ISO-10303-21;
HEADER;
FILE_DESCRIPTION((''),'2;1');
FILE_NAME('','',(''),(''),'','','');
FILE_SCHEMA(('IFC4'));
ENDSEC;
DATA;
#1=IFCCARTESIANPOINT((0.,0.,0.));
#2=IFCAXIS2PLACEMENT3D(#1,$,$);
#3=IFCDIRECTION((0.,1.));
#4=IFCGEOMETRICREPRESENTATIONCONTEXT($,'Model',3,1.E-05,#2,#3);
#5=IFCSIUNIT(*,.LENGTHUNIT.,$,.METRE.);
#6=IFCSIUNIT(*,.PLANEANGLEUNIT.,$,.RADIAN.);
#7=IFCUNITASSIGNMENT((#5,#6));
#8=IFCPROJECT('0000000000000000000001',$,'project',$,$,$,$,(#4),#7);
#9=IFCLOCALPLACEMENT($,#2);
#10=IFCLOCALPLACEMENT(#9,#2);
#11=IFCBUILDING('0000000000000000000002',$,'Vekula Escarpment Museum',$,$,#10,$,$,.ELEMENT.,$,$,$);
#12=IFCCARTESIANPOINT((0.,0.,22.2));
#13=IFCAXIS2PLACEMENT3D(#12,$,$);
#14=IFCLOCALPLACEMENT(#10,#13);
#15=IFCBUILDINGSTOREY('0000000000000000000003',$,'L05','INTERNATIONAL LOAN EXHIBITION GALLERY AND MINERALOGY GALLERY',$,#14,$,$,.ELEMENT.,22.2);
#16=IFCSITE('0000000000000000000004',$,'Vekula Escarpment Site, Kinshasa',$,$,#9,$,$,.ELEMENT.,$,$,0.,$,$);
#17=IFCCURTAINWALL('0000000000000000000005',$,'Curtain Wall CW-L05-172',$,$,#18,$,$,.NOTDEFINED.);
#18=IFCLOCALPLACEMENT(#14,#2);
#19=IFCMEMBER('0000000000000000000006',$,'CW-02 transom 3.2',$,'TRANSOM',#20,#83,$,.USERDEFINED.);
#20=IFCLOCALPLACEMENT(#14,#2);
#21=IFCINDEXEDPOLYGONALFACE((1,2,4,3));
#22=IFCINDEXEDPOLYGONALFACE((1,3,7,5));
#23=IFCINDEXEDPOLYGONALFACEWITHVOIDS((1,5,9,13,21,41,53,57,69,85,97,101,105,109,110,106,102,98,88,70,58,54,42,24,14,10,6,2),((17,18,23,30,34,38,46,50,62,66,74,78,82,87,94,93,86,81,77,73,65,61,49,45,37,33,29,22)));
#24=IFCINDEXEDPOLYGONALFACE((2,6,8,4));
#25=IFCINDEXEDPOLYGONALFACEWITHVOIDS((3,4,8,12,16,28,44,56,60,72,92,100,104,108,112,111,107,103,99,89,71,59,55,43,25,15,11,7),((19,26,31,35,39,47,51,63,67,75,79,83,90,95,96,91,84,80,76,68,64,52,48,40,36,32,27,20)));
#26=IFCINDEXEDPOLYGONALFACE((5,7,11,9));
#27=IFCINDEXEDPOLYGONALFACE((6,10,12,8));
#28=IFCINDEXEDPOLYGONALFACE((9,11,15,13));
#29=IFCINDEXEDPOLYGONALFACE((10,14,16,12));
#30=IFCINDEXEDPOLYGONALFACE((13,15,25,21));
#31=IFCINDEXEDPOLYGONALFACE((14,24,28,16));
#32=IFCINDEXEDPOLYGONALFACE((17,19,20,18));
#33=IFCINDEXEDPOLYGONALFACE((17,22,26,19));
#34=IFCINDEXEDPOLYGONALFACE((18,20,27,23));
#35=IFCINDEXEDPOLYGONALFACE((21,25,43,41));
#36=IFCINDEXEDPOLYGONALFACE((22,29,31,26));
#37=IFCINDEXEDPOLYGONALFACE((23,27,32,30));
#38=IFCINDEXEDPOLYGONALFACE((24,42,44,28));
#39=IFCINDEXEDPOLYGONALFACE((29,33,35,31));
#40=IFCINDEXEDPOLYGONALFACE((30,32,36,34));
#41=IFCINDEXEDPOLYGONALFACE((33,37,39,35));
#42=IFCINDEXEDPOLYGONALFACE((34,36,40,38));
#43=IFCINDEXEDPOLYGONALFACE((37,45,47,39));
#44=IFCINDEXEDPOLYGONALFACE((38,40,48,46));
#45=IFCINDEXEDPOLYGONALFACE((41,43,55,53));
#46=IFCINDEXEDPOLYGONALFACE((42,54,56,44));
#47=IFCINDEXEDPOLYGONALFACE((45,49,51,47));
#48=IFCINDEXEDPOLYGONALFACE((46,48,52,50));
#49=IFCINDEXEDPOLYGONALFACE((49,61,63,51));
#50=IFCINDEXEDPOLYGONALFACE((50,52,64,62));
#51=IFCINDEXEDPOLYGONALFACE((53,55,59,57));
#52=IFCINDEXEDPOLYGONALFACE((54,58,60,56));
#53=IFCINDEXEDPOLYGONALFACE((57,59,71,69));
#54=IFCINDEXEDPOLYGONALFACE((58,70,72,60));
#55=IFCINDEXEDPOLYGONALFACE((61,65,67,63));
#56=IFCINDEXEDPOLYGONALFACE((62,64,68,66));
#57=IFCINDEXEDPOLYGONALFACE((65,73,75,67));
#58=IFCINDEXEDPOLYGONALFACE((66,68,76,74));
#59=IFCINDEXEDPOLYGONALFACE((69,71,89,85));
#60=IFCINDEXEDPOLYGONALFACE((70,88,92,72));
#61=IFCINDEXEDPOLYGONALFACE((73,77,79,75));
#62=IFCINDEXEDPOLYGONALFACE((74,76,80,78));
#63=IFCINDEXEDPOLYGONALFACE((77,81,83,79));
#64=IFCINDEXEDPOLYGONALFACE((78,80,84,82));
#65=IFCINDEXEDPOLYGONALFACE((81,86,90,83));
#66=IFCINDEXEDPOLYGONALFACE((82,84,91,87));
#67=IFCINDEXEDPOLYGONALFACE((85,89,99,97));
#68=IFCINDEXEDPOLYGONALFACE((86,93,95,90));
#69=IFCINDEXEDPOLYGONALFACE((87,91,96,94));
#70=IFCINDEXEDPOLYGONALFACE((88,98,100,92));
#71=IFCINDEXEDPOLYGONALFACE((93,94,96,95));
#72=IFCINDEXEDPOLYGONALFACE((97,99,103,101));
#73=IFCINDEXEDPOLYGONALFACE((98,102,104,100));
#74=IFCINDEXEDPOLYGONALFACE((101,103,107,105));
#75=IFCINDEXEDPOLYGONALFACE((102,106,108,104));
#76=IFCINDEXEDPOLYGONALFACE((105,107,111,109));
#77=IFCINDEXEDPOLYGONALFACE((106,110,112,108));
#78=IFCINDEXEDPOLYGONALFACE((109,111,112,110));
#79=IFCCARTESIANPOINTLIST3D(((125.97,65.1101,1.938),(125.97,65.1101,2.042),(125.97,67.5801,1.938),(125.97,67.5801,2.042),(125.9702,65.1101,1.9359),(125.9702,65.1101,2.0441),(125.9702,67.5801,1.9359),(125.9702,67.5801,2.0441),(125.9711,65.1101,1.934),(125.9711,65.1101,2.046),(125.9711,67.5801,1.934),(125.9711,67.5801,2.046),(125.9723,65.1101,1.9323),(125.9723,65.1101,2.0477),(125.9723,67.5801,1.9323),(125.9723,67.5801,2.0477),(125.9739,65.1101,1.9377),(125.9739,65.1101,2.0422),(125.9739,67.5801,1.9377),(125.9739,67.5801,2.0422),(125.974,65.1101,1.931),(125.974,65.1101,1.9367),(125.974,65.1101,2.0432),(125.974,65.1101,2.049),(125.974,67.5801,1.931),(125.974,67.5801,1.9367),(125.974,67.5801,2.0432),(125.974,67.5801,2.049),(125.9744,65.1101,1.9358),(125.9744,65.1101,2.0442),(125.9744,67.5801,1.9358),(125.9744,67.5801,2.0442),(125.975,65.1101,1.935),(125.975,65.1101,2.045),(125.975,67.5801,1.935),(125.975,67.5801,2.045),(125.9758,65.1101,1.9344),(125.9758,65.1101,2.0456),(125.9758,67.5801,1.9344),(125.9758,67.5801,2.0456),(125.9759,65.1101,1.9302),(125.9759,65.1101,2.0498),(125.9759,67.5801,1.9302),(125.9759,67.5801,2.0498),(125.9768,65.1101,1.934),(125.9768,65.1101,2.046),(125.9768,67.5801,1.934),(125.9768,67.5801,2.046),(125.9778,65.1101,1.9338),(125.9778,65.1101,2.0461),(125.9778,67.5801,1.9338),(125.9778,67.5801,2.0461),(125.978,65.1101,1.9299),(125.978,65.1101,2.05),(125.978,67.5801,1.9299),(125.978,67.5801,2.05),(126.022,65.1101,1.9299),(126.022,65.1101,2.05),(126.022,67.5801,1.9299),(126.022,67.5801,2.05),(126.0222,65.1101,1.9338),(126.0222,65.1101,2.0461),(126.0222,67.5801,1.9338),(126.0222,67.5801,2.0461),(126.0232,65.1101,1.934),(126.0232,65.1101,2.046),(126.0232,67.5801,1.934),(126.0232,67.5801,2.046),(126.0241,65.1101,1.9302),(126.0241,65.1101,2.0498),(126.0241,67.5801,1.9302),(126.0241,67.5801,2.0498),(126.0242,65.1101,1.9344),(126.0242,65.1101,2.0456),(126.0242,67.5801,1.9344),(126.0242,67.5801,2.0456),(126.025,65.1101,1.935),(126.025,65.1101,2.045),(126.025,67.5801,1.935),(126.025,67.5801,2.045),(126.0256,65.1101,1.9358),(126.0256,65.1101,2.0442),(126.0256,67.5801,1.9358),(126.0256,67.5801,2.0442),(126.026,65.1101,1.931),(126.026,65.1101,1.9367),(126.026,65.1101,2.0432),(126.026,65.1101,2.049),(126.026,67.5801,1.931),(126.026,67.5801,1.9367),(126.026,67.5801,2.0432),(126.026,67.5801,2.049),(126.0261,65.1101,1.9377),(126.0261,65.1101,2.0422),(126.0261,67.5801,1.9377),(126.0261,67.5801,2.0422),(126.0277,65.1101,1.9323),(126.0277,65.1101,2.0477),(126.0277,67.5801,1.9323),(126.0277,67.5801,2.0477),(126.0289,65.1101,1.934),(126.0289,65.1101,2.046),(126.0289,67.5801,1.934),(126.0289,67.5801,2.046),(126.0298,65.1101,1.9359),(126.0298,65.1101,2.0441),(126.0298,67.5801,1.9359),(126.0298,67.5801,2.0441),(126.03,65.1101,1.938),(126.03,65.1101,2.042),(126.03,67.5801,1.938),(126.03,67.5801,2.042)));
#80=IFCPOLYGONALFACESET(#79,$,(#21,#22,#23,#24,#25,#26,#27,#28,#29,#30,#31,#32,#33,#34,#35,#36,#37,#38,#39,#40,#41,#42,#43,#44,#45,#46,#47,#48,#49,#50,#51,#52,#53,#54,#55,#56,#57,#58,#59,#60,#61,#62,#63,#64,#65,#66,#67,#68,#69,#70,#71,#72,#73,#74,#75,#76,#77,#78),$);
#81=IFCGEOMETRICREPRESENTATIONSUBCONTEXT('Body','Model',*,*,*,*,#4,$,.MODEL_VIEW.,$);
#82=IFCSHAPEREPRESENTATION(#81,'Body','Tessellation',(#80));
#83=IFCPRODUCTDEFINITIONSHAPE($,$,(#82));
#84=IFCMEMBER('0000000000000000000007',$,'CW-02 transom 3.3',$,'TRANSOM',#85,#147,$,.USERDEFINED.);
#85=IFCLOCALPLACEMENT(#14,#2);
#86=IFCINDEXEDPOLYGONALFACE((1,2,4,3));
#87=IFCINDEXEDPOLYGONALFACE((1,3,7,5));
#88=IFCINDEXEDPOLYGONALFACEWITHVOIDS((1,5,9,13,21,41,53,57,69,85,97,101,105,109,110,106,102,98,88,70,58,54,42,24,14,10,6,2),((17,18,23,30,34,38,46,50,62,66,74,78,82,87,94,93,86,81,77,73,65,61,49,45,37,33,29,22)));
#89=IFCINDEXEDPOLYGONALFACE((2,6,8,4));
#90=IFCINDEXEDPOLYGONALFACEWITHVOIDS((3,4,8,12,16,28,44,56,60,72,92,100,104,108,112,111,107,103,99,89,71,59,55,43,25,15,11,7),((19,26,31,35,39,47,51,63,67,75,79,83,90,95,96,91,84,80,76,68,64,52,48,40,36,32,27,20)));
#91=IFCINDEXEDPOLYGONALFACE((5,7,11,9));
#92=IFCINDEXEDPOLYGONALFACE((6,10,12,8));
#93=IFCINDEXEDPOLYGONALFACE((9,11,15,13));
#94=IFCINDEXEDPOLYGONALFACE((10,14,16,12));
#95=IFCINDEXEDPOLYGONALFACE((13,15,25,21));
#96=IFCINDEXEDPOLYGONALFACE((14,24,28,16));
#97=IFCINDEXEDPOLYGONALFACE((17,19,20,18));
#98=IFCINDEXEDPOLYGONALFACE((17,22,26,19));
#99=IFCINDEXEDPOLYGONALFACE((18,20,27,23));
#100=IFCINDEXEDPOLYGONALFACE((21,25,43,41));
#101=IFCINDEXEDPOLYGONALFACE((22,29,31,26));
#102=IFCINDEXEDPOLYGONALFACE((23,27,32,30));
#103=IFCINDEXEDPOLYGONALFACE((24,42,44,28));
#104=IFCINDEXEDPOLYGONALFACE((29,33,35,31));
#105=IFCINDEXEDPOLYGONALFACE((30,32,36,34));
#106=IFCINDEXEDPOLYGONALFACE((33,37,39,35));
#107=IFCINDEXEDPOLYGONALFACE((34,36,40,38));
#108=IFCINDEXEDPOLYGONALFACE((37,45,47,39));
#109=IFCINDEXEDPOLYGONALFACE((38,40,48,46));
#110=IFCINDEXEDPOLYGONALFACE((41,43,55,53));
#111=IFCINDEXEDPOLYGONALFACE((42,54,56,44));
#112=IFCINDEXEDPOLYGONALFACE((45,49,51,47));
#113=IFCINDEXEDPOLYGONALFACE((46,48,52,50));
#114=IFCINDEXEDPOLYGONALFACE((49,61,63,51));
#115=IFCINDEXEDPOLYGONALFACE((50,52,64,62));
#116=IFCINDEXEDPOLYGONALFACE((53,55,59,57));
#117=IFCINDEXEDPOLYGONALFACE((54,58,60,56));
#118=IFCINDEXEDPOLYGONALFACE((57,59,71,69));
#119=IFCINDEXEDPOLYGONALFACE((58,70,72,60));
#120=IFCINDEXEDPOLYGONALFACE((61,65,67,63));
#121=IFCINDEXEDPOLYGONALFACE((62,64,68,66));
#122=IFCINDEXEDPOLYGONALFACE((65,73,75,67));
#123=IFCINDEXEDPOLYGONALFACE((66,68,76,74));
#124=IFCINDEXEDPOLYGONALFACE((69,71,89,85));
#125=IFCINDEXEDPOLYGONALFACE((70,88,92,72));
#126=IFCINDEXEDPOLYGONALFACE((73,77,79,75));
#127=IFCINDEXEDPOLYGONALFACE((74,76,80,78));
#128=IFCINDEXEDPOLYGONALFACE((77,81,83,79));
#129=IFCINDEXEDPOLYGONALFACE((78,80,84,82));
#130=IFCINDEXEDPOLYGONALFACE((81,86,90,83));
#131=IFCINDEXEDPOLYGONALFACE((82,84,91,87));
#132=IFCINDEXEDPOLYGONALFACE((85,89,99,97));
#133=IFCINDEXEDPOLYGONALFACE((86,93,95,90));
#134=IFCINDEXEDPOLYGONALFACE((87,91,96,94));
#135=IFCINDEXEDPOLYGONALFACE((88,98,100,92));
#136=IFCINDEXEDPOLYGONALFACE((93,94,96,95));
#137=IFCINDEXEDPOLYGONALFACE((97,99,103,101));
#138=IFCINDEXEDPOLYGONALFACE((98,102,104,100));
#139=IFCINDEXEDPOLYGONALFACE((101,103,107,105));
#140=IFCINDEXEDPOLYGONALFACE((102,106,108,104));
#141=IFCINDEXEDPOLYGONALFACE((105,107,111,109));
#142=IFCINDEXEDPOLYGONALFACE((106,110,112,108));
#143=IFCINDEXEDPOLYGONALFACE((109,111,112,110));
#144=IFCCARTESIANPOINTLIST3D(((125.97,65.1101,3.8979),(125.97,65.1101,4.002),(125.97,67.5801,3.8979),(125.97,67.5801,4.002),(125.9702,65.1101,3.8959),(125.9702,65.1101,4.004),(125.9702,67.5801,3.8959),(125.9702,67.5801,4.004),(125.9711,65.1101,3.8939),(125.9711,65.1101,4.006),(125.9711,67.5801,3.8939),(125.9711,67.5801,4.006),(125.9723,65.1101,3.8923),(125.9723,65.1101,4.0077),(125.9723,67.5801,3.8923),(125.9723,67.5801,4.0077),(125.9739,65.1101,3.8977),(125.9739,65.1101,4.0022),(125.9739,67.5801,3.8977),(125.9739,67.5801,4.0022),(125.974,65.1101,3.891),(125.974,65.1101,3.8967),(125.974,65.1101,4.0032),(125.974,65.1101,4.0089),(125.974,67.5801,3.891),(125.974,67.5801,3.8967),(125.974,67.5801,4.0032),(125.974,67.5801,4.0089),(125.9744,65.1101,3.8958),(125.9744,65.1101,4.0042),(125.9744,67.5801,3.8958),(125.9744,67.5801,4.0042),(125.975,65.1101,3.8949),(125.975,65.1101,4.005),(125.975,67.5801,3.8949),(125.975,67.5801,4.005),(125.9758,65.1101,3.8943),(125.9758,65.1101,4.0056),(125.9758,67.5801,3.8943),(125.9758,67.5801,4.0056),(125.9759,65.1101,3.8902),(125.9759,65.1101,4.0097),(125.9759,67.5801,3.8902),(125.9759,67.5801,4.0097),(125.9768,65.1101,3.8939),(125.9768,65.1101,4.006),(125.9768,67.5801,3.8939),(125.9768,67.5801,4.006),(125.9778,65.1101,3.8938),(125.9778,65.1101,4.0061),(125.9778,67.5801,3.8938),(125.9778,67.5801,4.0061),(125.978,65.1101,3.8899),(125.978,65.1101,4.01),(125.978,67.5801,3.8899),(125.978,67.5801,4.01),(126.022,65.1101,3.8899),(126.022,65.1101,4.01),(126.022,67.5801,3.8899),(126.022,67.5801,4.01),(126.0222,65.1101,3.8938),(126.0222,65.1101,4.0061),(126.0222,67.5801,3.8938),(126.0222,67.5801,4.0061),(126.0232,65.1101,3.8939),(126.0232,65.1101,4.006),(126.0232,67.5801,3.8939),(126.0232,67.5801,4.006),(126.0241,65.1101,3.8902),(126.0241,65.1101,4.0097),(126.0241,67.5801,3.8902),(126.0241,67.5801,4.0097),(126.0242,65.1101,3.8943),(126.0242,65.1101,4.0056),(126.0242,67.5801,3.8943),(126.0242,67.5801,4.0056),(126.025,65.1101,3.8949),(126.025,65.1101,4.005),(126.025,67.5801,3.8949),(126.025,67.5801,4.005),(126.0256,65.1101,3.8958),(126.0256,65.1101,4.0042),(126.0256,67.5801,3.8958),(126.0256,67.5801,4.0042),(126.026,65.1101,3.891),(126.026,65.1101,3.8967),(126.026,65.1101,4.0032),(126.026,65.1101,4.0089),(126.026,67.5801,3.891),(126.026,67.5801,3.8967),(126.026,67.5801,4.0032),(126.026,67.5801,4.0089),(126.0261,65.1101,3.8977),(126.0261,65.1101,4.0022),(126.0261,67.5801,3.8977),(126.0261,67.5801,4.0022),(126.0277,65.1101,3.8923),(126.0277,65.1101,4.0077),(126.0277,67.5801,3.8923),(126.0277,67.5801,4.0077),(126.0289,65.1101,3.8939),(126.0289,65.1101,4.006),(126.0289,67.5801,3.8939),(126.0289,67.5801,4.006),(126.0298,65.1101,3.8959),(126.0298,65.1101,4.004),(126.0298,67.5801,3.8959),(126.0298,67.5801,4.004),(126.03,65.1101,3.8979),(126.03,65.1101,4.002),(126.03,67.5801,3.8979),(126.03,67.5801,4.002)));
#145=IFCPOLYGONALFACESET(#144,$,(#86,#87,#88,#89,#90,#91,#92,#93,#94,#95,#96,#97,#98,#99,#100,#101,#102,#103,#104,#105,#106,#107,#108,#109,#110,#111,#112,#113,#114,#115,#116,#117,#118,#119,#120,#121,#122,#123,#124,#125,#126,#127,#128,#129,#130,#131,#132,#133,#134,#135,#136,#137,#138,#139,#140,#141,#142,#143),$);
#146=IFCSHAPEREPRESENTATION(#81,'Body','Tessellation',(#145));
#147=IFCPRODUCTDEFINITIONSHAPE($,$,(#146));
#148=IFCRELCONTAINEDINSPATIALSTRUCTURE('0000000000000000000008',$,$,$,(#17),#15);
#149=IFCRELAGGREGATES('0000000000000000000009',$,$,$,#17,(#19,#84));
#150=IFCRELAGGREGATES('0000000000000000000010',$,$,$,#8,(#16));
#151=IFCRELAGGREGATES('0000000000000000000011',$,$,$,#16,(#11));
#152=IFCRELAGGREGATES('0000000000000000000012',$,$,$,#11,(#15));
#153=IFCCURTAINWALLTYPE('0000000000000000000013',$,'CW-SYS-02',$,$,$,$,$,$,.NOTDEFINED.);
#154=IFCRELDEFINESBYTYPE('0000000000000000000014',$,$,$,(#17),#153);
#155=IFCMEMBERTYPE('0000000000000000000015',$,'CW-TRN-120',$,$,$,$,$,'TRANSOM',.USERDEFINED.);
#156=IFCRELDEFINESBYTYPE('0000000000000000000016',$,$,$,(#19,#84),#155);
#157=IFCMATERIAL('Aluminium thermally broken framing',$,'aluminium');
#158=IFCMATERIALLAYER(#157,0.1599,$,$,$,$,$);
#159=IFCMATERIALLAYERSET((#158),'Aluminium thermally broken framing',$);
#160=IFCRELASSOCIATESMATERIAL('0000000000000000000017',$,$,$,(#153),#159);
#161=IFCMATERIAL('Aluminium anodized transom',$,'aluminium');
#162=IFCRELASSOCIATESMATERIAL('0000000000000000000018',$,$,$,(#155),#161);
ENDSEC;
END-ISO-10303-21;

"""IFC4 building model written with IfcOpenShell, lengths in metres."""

from ifc_helpers import new_model, si_unit, direction, frame, origin, origin_2d, place, context, subcontext, project, spatial, hollow_rectangle, extrude, material, layer, layer_set, material_profile, profile_set, type_object, element, aggregate, save


model = new_model("IFC4")

# Units and contexts
model_context = context("Model", 3, precision=1e-05, world=origin(), true_north=direction((0.0, 1.0)))
body_context = subcontext(model_context, "Body", "Model", "MODEL_VIEW")
ifc_project = project(units=[si_unit("LENGTHUNIT", "METRE"), si_unit("PLANEANGLEUNIT", "RADIAN")], contexts=[model_context])

# Site, building, storey
site_placement = place(None, origin())
site = spatial("IfcSite", under=ifc_project, at=site_placement, Name="Vekula Escarpment Site, Kinshasa", CompositionType="ELEMENT", RefElevation=0.0)
building_placement = place(site_placement, origin())
building = spatial("IfcBuilding", under=site, at=building_placement, Name="Vekula Escarpment Museum", CompositionType="ELEMENT")
storey_placement = place(building_placement, frame((0.0, 0.0, 22.2)))
storey = spatial("IfcBuildingStorey", under=building, at=storey_placement, Name="L05", Description="INTERNATIONAL LOAN EXHIBITION GALLERY AND MINERALOGY GALLERY", CompositionType="ELEMENT", Elevation=22.2)

# Curtain wall, members
ifc_material_1 = material(Name="Aluminium thermally broken framing", Category="aluminium")
ifc_layer_1 = layer(ifc_material_1, 0.1599)
ifc_layer_set_1 = layer_set([ifc_layer_1], Name="Aluminium thermally broken framing")
curtain_wall_type = type_object("IfcCurtainWallType", Name="CW-SYS-02", PredefinedType="NOTDEFINED", material=ifc_layer_set_1)
curtain_wall_placement = place(storey_placement, origin())
curtain_wall = element("IfcCurtainWall", 1, at=curtain_wall_placement, inside=storey, type_object=curtain_wall_type, Name="Curtain Wall CW-L05-172", PredefinedType="NOTDEFINED")
ifc_material_2 = material(Name="Aluminium anodized transom", Category="aluminium")
ifc_material_profile_1 = material_profile(ifc_material_2, hollow_rectangle(XDim=0.0601, YDim=0.1201, WallThickness=0.0039, InnerFilletRadius=0.0039, OuterFilletRadius=0.0081, at=origin_2d()), Name="ALU 120x60x4")
ifc_profile_set_1 = profile_set([ifc_material_profile_1], Name="Aluminium anodized transom")
member_type_1 = type_object("IfcMemberType", Name="CW-TRN-120", ElementType="TRANSOM", PredefinedType="USERDEFINED", material=ifc_profile_set_1)
member_1_placement = place(storey_placement, frame((126.0, 65.1101, 1.99), z_axis=(0.0, 1.0, 0.0), x_axis=(-1.0, 0.0, 0.0)))
member_1 = element("IfcMember", 2, at=member_1_placement, type_object=member_type_1, Name="CW-02 transom 3.2", ObjectType="TRANSOM", PredefinedType="USERDEFINED", context=body_context, shape_type="SweptSolid", body=[
    extrude(hollow_rectangle(XDim=0.0601, YDim=0.1201, WallThickness=0.0039, InnerFilletRadius=0.0039, OuterFilletRadius=0.0081, at=origin_2d()), origin(), (0.0, 0.0, 1.0), 2.47),
])
member_2_placement = place(storey_placement, frame((126.0, 65.1101, 3.95), z_axis=(0.0, 1.0, 0.0), x_axis=(-1.0, 0.0, 0.0)))
member_2 = element("IfcMember", 3, at=member_2_placement, type_object=member_type_1, Name="CW-02 transom 3.3", ObjectType="TRANSOM", PredefinedType="USERDEFINED", context=body_context, shape_type="SweptSolid", body=[
    extrude(hollow_rectangle(XDim=0.0601, YDim=0.1201, WallThickness=0.0039, InnerFilletRadius=0.0039, OuterFilletRadius=0.0081, at=origin_2d()), origin(), (0.0, 0.0, 1.0), 2.47),
])

aggregate(curtain_wall, [member_1, member_2])

save(model, "model.ifc")
